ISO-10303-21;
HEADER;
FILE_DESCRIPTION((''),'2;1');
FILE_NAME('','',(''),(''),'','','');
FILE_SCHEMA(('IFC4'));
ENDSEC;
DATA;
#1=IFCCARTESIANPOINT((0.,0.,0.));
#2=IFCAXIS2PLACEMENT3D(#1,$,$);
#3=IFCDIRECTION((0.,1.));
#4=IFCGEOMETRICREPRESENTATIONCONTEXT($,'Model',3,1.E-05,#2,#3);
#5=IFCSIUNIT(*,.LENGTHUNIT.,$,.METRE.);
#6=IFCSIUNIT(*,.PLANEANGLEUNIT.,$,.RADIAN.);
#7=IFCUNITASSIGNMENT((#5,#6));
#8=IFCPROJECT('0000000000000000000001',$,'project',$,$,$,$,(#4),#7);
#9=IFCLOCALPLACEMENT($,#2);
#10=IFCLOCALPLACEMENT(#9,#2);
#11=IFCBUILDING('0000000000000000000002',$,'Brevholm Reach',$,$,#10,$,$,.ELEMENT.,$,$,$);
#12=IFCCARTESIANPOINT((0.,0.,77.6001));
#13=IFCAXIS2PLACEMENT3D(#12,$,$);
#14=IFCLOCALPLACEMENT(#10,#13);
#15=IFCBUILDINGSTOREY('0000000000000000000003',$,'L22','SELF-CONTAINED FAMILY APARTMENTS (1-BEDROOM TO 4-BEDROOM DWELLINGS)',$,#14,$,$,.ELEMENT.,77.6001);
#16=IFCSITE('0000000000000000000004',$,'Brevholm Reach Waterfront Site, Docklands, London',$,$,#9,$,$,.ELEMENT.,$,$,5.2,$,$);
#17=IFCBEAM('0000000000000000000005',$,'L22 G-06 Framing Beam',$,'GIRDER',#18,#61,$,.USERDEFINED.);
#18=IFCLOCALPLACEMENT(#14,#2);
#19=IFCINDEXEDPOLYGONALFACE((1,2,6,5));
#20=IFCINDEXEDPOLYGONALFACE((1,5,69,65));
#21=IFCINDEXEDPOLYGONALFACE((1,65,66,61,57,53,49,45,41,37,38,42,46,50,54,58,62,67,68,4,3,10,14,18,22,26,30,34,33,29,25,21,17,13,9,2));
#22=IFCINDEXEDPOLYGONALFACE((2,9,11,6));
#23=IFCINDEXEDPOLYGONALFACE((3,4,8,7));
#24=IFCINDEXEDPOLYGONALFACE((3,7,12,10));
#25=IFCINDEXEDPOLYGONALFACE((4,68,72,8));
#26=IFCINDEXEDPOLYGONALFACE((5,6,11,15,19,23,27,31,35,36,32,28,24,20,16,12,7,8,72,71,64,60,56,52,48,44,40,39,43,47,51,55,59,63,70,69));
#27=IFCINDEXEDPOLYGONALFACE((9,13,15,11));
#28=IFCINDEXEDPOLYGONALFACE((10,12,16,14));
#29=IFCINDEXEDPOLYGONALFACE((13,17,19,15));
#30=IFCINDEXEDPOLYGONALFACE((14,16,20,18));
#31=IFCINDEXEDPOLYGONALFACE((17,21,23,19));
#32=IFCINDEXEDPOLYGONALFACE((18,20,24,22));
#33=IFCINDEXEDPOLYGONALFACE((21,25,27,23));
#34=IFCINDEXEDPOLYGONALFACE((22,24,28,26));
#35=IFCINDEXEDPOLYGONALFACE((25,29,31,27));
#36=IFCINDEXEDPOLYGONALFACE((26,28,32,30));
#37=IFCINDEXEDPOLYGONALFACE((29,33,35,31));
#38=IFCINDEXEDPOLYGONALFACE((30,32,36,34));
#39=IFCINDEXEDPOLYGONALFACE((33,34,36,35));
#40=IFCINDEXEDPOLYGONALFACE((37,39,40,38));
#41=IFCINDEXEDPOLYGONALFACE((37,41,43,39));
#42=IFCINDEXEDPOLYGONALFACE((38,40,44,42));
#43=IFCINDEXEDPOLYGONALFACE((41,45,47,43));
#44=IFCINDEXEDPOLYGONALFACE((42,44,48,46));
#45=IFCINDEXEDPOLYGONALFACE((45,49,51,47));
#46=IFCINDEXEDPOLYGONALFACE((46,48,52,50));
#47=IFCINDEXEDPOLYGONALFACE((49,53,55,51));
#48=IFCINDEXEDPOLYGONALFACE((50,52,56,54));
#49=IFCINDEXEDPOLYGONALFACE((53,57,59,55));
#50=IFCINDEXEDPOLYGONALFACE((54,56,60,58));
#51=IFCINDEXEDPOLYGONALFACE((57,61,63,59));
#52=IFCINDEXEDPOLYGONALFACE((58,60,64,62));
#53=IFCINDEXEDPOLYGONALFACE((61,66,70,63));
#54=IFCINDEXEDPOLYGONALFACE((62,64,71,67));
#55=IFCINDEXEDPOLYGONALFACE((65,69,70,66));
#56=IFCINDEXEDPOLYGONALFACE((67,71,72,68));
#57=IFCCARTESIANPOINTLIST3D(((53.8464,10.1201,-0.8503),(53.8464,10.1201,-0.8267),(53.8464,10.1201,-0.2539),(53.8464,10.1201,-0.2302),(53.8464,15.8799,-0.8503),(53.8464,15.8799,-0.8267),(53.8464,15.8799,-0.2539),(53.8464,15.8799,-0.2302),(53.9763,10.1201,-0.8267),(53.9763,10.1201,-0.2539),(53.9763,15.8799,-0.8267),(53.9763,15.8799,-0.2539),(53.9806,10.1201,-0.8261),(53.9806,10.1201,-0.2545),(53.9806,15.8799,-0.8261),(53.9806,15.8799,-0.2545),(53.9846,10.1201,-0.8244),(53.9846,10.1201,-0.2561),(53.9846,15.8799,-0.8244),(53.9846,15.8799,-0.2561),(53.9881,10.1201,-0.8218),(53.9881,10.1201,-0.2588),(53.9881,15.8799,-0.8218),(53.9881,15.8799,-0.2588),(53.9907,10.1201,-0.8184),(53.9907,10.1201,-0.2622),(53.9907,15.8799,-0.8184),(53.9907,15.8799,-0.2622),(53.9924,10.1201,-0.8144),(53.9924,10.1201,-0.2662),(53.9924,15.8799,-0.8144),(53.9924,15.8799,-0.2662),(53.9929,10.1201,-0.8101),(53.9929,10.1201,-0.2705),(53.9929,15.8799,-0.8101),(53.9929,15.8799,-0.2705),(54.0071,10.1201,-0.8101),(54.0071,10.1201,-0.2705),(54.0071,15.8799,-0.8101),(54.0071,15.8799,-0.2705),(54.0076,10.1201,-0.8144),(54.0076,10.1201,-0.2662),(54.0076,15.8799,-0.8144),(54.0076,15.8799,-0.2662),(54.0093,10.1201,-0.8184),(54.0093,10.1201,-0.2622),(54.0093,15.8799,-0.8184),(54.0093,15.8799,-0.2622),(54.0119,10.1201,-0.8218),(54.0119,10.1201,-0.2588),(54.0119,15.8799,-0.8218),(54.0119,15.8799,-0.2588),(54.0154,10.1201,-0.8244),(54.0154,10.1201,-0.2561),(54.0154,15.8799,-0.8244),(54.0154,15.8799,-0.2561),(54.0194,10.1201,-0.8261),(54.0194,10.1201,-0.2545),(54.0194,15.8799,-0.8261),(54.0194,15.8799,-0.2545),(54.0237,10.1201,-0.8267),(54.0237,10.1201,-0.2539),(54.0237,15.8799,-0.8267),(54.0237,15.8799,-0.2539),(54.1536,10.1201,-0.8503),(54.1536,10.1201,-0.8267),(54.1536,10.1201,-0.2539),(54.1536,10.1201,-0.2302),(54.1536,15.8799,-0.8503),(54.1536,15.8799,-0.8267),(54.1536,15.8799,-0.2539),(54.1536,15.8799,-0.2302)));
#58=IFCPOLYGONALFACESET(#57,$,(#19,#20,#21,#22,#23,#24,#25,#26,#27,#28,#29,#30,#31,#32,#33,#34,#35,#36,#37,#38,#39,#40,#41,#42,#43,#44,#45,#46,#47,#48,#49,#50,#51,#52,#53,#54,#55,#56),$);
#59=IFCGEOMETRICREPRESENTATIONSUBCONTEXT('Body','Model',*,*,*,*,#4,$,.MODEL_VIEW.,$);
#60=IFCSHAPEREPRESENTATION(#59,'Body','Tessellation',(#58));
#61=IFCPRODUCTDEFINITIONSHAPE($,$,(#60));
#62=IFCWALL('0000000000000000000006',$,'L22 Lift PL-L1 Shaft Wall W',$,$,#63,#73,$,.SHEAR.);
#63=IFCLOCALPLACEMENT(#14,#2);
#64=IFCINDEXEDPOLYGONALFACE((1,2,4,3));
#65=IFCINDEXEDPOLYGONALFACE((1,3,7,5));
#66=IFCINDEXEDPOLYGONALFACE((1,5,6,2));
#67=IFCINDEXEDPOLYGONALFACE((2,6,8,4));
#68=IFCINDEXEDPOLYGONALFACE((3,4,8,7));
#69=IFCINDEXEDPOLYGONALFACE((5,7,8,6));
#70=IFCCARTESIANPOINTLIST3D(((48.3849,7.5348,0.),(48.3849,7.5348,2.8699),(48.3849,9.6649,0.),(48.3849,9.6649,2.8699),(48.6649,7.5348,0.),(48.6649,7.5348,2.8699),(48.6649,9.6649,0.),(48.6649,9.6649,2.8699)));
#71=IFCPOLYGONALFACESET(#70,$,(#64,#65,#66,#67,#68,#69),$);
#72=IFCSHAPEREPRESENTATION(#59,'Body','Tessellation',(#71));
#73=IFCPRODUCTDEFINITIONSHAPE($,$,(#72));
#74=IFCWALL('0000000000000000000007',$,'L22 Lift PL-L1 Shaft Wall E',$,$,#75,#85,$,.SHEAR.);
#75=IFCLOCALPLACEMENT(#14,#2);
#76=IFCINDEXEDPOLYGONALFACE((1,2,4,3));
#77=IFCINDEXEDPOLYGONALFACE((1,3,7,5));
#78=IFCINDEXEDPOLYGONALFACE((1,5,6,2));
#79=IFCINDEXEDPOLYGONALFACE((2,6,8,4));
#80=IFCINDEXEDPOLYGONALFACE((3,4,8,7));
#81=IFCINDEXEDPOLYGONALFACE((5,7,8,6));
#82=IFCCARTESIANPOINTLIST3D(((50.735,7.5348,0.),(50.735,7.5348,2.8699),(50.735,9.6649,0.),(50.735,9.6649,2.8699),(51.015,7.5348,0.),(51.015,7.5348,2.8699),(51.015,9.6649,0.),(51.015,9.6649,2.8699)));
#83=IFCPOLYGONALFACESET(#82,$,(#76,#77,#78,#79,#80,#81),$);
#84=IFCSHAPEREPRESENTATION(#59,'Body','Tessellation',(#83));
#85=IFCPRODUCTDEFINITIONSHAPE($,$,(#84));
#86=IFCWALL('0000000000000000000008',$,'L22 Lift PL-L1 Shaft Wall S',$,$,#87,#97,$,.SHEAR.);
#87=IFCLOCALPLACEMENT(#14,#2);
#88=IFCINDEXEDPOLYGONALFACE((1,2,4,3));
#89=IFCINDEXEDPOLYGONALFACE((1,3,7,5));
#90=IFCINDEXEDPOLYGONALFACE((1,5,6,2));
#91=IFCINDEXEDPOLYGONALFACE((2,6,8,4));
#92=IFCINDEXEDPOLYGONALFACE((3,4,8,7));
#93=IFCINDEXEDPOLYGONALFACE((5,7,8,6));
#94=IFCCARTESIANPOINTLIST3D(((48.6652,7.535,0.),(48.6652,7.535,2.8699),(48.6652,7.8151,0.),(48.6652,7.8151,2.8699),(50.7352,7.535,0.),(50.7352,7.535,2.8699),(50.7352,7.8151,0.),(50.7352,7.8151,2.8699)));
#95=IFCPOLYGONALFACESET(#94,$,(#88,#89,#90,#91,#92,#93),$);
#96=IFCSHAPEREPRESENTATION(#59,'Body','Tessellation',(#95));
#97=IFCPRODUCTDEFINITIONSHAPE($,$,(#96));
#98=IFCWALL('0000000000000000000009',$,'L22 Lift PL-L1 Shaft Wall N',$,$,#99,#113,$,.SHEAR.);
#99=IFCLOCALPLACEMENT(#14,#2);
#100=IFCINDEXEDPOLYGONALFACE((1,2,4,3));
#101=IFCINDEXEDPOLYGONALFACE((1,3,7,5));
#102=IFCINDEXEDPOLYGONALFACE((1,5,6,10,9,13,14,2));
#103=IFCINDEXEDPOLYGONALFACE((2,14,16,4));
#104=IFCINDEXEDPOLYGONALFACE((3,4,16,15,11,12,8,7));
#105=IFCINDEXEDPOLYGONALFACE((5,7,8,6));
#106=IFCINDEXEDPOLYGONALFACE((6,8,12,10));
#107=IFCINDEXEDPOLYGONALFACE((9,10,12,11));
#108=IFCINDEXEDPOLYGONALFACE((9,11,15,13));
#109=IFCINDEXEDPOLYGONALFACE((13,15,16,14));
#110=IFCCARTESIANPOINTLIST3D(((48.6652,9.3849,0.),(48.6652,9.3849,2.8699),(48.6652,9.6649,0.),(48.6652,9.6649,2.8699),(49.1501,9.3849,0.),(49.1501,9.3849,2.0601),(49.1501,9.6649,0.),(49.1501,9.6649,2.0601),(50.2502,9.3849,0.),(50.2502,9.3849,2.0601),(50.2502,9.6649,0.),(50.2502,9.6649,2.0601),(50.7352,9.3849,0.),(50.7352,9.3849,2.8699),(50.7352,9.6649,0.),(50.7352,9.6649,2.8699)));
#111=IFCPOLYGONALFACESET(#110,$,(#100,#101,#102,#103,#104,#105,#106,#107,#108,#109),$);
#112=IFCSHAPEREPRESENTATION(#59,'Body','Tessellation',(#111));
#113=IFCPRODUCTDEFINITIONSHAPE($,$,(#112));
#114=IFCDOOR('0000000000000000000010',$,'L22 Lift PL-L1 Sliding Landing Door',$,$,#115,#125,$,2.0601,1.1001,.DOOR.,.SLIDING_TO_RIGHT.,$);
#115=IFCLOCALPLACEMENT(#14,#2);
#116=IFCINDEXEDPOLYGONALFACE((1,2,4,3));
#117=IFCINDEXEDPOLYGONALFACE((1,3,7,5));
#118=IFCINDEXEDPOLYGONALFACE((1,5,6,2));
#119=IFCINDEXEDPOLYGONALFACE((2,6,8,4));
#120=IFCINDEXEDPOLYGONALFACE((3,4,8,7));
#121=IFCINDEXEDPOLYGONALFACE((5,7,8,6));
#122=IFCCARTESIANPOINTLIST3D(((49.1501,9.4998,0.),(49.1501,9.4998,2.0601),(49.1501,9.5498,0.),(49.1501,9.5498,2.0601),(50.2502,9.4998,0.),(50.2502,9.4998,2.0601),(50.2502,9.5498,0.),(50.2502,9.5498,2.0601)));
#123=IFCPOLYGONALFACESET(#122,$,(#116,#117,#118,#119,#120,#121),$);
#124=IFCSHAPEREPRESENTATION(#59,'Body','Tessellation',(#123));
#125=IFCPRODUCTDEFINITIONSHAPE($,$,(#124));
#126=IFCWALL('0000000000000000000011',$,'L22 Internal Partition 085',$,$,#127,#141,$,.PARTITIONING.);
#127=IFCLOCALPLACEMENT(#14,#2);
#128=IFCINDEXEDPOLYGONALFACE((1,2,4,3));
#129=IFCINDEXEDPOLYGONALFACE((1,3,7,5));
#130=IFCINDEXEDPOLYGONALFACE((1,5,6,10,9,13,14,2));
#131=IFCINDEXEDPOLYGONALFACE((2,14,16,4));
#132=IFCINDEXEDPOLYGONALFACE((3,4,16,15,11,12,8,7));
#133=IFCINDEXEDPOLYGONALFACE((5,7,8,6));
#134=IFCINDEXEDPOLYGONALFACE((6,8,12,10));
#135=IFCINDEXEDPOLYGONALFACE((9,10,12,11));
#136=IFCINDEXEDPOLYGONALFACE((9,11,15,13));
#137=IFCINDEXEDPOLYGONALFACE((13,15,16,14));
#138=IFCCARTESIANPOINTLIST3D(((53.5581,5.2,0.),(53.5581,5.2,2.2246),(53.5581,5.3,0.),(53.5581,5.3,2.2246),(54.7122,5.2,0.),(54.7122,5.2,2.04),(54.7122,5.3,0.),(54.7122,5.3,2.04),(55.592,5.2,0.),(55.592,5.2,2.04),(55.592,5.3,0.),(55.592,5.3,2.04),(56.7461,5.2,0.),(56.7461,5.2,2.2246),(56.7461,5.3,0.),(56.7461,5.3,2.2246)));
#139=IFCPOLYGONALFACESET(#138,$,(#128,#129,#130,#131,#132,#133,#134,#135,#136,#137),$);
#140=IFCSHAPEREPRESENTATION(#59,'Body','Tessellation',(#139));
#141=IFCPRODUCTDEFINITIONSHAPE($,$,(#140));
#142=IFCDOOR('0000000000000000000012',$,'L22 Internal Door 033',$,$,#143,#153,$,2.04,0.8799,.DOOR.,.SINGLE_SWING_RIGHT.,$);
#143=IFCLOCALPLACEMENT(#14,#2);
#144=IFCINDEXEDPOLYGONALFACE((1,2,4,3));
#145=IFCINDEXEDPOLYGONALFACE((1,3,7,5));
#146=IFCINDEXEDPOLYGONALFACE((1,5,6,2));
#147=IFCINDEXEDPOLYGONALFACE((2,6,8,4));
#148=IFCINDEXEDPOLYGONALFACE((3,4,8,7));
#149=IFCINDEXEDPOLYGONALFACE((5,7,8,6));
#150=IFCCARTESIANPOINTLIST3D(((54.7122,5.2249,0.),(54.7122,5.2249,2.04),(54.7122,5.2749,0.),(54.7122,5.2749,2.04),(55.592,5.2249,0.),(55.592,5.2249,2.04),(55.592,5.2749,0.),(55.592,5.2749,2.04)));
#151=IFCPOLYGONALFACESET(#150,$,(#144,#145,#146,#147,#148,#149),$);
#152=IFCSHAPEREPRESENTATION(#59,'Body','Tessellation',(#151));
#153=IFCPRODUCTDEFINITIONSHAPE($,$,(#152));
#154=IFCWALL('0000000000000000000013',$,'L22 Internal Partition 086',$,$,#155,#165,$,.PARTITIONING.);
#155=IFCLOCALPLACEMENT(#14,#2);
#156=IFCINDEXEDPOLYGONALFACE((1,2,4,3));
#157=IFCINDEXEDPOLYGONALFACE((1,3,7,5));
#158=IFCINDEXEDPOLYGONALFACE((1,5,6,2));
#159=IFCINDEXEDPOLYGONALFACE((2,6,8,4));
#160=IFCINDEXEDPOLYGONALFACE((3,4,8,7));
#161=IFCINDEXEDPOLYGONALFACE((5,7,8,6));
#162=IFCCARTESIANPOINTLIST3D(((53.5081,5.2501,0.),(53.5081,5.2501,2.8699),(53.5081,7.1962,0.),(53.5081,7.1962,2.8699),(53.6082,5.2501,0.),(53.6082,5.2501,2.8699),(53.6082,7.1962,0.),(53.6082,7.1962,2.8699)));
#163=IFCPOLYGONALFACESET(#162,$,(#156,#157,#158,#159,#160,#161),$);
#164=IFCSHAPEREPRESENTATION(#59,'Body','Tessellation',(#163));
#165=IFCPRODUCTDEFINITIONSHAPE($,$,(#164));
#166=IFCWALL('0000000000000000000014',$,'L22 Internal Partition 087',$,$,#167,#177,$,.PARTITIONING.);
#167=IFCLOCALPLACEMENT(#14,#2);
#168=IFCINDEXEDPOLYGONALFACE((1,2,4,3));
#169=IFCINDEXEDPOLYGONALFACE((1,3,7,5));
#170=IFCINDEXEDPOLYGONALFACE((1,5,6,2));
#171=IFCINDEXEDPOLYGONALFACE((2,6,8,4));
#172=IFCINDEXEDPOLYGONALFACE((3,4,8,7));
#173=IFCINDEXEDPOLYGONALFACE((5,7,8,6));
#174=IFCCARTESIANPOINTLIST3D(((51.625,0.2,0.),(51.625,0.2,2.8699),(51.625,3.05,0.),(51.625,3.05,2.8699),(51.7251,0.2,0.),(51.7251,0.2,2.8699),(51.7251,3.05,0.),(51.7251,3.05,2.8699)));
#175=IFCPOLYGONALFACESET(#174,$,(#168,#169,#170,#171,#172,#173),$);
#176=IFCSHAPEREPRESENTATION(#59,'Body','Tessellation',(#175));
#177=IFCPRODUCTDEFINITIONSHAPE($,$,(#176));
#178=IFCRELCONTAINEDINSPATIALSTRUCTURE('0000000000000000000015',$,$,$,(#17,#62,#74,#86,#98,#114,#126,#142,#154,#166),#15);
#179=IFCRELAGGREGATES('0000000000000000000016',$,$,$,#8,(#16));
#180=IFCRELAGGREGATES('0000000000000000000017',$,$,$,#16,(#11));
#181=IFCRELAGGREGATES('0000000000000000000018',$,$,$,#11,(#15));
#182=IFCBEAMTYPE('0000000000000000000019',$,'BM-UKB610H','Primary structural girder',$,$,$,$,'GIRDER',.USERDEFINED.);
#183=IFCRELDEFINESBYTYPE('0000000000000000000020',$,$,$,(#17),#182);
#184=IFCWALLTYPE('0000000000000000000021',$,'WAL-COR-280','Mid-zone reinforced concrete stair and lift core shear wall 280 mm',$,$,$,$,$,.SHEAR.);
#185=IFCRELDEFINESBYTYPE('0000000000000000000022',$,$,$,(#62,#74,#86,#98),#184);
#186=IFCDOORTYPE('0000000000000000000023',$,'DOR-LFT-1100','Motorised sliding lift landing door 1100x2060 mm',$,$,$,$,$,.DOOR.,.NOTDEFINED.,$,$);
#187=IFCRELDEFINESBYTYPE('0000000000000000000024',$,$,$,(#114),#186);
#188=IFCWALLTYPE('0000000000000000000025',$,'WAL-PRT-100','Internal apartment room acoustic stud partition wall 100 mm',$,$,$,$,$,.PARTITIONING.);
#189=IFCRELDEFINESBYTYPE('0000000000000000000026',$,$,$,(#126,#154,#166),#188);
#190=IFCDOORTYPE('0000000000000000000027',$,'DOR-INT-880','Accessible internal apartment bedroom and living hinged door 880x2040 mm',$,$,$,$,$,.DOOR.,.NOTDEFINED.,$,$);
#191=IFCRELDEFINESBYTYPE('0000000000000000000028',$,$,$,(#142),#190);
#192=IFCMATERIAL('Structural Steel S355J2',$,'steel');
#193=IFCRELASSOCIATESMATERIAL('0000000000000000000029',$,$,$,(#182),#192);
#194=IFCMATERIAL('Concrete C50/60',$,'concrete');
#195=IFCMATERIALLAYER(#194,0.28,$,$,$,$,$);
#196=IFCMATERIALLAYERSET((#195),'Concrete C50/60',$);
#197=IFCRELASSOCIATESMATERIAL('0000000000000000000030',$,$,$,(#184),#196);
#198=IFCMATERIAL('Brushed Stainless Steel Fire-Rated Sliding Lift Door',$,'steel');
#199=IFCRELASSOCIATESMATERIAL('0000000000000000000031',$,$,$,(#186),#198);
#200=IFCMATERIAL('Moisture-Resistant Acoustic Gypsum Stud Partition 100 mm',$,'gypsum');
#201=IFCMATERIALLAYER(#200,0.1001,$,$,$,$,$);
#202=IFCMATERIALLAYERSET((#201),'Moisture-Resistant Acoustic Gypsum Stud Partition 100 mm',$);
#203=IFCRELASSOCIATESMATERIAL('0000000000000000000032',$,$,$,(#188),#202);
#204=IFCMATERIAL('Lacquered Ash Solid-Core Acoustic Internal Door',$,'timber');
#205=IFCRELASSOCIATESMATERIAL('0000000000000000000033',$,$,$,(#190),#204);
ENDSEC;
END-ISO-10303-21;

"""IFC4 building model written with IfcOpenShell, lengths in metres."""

from ifc_helpers import new_model, si_unit, direction, frame, frame_2d, origin, origin_2d, place, context, subcontext, project, spatial, rectangle, i_section, extrude, material, layer, layer_set, material_profile, profile_set, type_object, element, fill, save


model = new_model("IFC4")

# Units and contexts
model_context = context("Model", 3, precision=1e-05, world=origin(), true_north=direction((0.0, 1.0)))
body_context = subcontext(model_context, "Body", "Model", "MODEL_VIEW")
ifc_project = project(units=[si_unit("LENGTHUNIT", "METRE"), si_unit("PLANEANGLEUNIT", "RADIAN")], contexts=[model_context])

# Site, building, storey
site_placement = place(None, origin())
site = spatial("IfcSite", under=ifc_project, at=site_placement, Name="Brevholm Reach Waterfront Site, Docklands, London", CompositionType="ELEMENT", RefElevation=5.2)
building_placement = place(site_placement, origin())
building = spatial("IfcBuilding", under=site, at=building_placement, Name="Brevholm Reach", CompositionType="ELEMENT")
storey_placement = place(building_placement, frame((0.0, 0.0, 77.6001)))
storey = spatial("IfcBuildingStorey", under=building, at=storey_placement, Name="L22", Description="SELF-CONTAINED FAMILY APARTMENTS (1-BEDROOM TO 4-BEDROOM DWELLINGS)", CompositionType="ELEMENT", Elevation=77.6001)

# Beam
ifc_material_1 = material(Name="Structural Steel S355J2", Category="steel")
ifc_material_profile_1 = material_profile(ifc_material_1, i_section(OverallWidth=0.3071, OverallDepth=0.6201, WebThickness=0.0142, FlangeThickness=0.0237, FilletRadius=0.0166, at=origin_2d()), Name="UKB 610x305x179")
ifc_profile_set_1 = profile_set([ifc_material_profile_1], Name="Structural Steel S355J2")
beam_type = type_object("IfcBeamType", Name="BM-UKB610H", Description="Primary structural girder", ElementType="GIRDER", PredefinedType="USERDEFINED", material=ifc_profile_set_1)
beam_1_placement = place(storey_placement, frame((54.0, 10.1201, -0.5403), z_axis=(0.0, 1.0, 0.0), x_axis=(-1.0, 0.0, 0.0)))
element("IfcBeam", 1, at=beam_1_placement, inside=storey, type_object=beam_type, Name="L22 G-06 Framing Beam", ObjectType="GIRDER", PredefinedType="USERDEFINED", context=body_context, shape_type="SweptSolid", body=[
    extrude(i_section(OverallWidth=0.3071, OverallDepth=0.6201, WebThickness=0.0142, FlangeThickness=0.0237, FilletRadius=0.0166, at=origin_2d()), origin(), (0.0, 0.0, 1.0), 5.7598),
])

# Walls
ifc_material_2 = material(Name="Concrete C50/60", Category="concrete")
ifc_layer_1 = layer(ifc_material_2, 0.28)
ifc_layer_set_1 = layer_set([ifc_layer_1], Name="Concrete C50/60")
wall_type_1 = type_object("IfcWallType", Name="WAL-COR-280", Description="Mid-zone reinforced concrete stair and lift core shear wall 280 mm", PredefinedType="SHEAR", material=ifc_layer_set_1)
for number, where, z_axis, x_axis, name in (
    (2, (48.5249, 7.5349, 0.0), (0.0, 0.0, 1.0), (0.0, 1.0, 0.0), "L22 Lift PL-L1 Shaft Wall W"),
    (3, (50.875, 7.5349, 0.0), (0.0, 0.0, 1.0), (0.0, 1.0, 0.0), "L22 Lift PL-L1 Shaft Wall E"),
):
    element("IfcWall", number, at=place(storey_placement, frame(where, z_axis=z_axis, x_axis=x_axis)), inside=storey, type_object=wall_type_1, Name=name, PredefinedType="SHEAR", context=body_context, shape_type="SweptSolid", body=[
        extrude(rectangle(XDim=2.1301, YDim=0.28, at=frame_2d((1.0649, 0.0))), origin(), (0.0, 0.0, 1.0), 2.8699),
    ])
wall_1_placement = place(storey_placement, frame((48.665, 7.675, 0.0), z_axis=(0.0, 0.0, 1.0), x_axis=(1.0, 0.0, 0.0)))
element("IfcWall", 4, at=wall_1_placement, inside=storey, type_object=wall_type_1, Name="L22 Lift PL-L1 Shaft Wall S", PredefinedType="SHEAR", context=body_context, shape_type="SweptSolid", body=[
    extrude(rectangle(XDim=2.0701, YDim=0.28, at=frame_2d((1.0352, 0.0))), origin(), (0.0, 0.0, 1.0), 2.8699),
])

# Walls, openings, doors
wall_2_placement = place(storey_placement, frame((48.665, 9.5249, 0.0), z_axis=(0.0, 0.0, 1.0), x_axis=(1.0, 0.0, 0.0)))
wall_2 = element("IfcWall", 5, at=wall_2_placement, inside=storey, type_object=wall_type_1, Name="L22 Lift PL-L1 Shaft Wall N", PredefinedType="SHEAR", context=body_context, shape_type="SweptSolid", body=[
    extrude(rectangle(XDim=2.0701, YDim=0.28, at=frame_2d((1.0352, 0.0))), origin(), (0.0, 0.0, 1.0), 2.8699),
])
opening_1_placement = place(wall_2_placement, frame((0.4851, 0.0, 0.0)))
opening_1 = element("IfcOpeningElement", 6, at=opening_1_placement, cuts=wall_2, PredefinedType="OPENING", context=body_context, shape_type="SweptSolid", body=[
    extrude(rectangle(XDim=1.1001, YDim=2.0601, at=frame_2d((0.55, 1.03))), frame((0.0, 0.1499, 0.0), z_axis=(0.0, -1.0, 0.0), x_axis=(1.0, 0.0, 0.0)), (0.0, 0.0, 1.0), 0.3),
])
ifc_material_3 = material(Name="Brushed Stainless Steel Fire-Rated Sliding Lift Door", Category="steel")
door_type_1 = type_object("IfcDoorType", Name="DOR-LFT-1100", Description="Motorised sliding lift landing door 1100x2060 mm", OperationType="NOTDEFINED", PredefinedType="DOOR", material=ifc_material_3)
door_1_placement = place(opening_1_placement, origin())
door_1 = element("IfcDoor", 7, at=door_1_placement, inside=storey, type_object=door_type_1, Name="L22 Lift PL-L1 Sliding Landing Door", OperationType="SLIDING_TO_RIGHT", OverallHeight=2.0601, OverallWidth=1.1001, PredefinedType="DOOR", context=body_context, shape_type="SweptSolid", body=[
    extrude(rectangle(XDim=1.1001, YDim=2.0601, at=frame_2d((0.55, 1.03))), frame((0.0, 0.0249, 0.0), z_axis=(0.0, -1.0, 0.0), x_axis=(1.0, 0.0, 0.0)), (0.0, 0.0, 1.0), 0.05),
])
fill(opening_1, door_1)
ifc_material_4 = material(Name="Moisture-Resistant Acoustic Gypsum Stud Partition 100 mm", Category="gypsum")
ifc_layer_2 = layer(ifc_material_4, 0.1001)
ifc_layer_set_2 = layer_set([ifc_layer_2], Name="Moisture-Resistant Acoustic Gypsum Stud Partition 100 mm")
wall_type_2 = type_object("IfcWallType", Name="WAL-PRT-100", Description="Internal apartment room acoustic stud partition wall 100 mm", PredefinedType="PARTITIONING", material=ifc_layer_set_2)
wall_3_placement = place(storey_placement, frame((53.5581, 5.25, 0.0), z_axis=(0.0, 0.0, 1.0), x_axis=(1.0, 0.0, 0.0)))
wall_3 = element("IfcWall", 8, at=wall_3_placement, inside=storey, type_object=wall_type_2, Name="L22 Internal Partition 085", PredefinedType="PARTITIONING", context=body_context, shape_type="SweptSolid", body=[
    extrude(rectangle(XDim=3.188, YDim=0.1001, at=frame_2d((1.594, 0.0))), origin(), (0.0, 0.0, 1.0), 2.2246),
])
opening_2_placement = place(wall_3_placement, frame((1.1541, 0.0, 0.0)))
opening_2 = element("IfcOpeningElement", 9, at=opening_2_placement, cuts=wall_3, PredefinedType="OPENING", context=body_context, shape_type="SweptSolid", body=[
    extrude(rectangle(XDim=0.8799, YDim=2.04, at=frame_2d((0.4399, 1.02))), frame((0.0, 0.0601, 0.0), z_axis=(0.0, -1.0, 0.0), x_axis=(1.0, 0.0, 0.0)), (0.0, 0.0, 1.0), 0.1201),
])
ifc_material_5 = material(Name="Lacquered Ash Solid-Core Acoustic Internal Door", Category="timber")
door_type_2 = type_object("IfcDoorType", Name="DOR-INT-880", Description="Accessible internal apartment bedroom and living hinged door 880x2040 mm", OperationType="NOTDEFINED", PredefinedType="DOOR", material=ifc_material_5)
door_2_placement = place(opening_2_placement, origin())
door_2 = element("IfcDoor", 10, at=door_2_placement, inside=storey, type_object=door_type_2, Name="L22 Internal Door 033", OperationType="SINGLE_SWING_RIGHT", OverallHeight=2.04, OverallWidth=0.8799, PredefinedType="DOOR", context=body_context, shape_type="SweptSolid", body=[
    extrude(rectangle(XDim=0.8799, YDim=2.04, at=frame_2d((0.4399, 1.02))), frame((0.0, 0.0249, 0.0), z_axis=(0.0, -1.0, 0.0), x_axis=(1.0, 0.0, 0.0)), (0.0, 0.0, 1.0), 0.05),
])
fill(opening_2, door_2)

# Walls
wall_4_placement = place(storey_placement, frame((53.5581, 5.25, 0.0), z_axis=(0.0, 0.0, 1.0), x_axis=(0.0, 1.0, 0.0)))
element("IfcWall", 11, at=wall_4_placement, inside=storey, type_object=wall_type_2, Name="L22 Internal Partition 086", PredefinedType="PARTITIONING", context=body_context, shape_type="SweptSolid", body=[
    extrude(rectangle(XDim=1.946, YDim=0.1001, at=frame_2d((0.9731, 0.0))), origin(), (0.0, 0.0, 1.0), 2.8699),
])
wall_5_placement = place(storey_placement, frame((51.675, 0.2, 0.0), z_axis=(0.0, 0.0, 1.0), x_axis=(0.0, 1.0, 0.0)))
element("IfcWall", 12, at=wall_5_placement, inside=storey, type_object=wall_type_2, Name="L22 Internal Partition 087", PredefinedType="PARTITIONING", context=body_context, shape_type="SweptSolid", body=[
    extrude(rectangle(XDim=2.8501, YDim=0.1001, at=frame_2d((1.425, 0.0))), origin(), (0.0, 0.0, 1.0), 2.8699),
])

save(model, "model.ifc")
